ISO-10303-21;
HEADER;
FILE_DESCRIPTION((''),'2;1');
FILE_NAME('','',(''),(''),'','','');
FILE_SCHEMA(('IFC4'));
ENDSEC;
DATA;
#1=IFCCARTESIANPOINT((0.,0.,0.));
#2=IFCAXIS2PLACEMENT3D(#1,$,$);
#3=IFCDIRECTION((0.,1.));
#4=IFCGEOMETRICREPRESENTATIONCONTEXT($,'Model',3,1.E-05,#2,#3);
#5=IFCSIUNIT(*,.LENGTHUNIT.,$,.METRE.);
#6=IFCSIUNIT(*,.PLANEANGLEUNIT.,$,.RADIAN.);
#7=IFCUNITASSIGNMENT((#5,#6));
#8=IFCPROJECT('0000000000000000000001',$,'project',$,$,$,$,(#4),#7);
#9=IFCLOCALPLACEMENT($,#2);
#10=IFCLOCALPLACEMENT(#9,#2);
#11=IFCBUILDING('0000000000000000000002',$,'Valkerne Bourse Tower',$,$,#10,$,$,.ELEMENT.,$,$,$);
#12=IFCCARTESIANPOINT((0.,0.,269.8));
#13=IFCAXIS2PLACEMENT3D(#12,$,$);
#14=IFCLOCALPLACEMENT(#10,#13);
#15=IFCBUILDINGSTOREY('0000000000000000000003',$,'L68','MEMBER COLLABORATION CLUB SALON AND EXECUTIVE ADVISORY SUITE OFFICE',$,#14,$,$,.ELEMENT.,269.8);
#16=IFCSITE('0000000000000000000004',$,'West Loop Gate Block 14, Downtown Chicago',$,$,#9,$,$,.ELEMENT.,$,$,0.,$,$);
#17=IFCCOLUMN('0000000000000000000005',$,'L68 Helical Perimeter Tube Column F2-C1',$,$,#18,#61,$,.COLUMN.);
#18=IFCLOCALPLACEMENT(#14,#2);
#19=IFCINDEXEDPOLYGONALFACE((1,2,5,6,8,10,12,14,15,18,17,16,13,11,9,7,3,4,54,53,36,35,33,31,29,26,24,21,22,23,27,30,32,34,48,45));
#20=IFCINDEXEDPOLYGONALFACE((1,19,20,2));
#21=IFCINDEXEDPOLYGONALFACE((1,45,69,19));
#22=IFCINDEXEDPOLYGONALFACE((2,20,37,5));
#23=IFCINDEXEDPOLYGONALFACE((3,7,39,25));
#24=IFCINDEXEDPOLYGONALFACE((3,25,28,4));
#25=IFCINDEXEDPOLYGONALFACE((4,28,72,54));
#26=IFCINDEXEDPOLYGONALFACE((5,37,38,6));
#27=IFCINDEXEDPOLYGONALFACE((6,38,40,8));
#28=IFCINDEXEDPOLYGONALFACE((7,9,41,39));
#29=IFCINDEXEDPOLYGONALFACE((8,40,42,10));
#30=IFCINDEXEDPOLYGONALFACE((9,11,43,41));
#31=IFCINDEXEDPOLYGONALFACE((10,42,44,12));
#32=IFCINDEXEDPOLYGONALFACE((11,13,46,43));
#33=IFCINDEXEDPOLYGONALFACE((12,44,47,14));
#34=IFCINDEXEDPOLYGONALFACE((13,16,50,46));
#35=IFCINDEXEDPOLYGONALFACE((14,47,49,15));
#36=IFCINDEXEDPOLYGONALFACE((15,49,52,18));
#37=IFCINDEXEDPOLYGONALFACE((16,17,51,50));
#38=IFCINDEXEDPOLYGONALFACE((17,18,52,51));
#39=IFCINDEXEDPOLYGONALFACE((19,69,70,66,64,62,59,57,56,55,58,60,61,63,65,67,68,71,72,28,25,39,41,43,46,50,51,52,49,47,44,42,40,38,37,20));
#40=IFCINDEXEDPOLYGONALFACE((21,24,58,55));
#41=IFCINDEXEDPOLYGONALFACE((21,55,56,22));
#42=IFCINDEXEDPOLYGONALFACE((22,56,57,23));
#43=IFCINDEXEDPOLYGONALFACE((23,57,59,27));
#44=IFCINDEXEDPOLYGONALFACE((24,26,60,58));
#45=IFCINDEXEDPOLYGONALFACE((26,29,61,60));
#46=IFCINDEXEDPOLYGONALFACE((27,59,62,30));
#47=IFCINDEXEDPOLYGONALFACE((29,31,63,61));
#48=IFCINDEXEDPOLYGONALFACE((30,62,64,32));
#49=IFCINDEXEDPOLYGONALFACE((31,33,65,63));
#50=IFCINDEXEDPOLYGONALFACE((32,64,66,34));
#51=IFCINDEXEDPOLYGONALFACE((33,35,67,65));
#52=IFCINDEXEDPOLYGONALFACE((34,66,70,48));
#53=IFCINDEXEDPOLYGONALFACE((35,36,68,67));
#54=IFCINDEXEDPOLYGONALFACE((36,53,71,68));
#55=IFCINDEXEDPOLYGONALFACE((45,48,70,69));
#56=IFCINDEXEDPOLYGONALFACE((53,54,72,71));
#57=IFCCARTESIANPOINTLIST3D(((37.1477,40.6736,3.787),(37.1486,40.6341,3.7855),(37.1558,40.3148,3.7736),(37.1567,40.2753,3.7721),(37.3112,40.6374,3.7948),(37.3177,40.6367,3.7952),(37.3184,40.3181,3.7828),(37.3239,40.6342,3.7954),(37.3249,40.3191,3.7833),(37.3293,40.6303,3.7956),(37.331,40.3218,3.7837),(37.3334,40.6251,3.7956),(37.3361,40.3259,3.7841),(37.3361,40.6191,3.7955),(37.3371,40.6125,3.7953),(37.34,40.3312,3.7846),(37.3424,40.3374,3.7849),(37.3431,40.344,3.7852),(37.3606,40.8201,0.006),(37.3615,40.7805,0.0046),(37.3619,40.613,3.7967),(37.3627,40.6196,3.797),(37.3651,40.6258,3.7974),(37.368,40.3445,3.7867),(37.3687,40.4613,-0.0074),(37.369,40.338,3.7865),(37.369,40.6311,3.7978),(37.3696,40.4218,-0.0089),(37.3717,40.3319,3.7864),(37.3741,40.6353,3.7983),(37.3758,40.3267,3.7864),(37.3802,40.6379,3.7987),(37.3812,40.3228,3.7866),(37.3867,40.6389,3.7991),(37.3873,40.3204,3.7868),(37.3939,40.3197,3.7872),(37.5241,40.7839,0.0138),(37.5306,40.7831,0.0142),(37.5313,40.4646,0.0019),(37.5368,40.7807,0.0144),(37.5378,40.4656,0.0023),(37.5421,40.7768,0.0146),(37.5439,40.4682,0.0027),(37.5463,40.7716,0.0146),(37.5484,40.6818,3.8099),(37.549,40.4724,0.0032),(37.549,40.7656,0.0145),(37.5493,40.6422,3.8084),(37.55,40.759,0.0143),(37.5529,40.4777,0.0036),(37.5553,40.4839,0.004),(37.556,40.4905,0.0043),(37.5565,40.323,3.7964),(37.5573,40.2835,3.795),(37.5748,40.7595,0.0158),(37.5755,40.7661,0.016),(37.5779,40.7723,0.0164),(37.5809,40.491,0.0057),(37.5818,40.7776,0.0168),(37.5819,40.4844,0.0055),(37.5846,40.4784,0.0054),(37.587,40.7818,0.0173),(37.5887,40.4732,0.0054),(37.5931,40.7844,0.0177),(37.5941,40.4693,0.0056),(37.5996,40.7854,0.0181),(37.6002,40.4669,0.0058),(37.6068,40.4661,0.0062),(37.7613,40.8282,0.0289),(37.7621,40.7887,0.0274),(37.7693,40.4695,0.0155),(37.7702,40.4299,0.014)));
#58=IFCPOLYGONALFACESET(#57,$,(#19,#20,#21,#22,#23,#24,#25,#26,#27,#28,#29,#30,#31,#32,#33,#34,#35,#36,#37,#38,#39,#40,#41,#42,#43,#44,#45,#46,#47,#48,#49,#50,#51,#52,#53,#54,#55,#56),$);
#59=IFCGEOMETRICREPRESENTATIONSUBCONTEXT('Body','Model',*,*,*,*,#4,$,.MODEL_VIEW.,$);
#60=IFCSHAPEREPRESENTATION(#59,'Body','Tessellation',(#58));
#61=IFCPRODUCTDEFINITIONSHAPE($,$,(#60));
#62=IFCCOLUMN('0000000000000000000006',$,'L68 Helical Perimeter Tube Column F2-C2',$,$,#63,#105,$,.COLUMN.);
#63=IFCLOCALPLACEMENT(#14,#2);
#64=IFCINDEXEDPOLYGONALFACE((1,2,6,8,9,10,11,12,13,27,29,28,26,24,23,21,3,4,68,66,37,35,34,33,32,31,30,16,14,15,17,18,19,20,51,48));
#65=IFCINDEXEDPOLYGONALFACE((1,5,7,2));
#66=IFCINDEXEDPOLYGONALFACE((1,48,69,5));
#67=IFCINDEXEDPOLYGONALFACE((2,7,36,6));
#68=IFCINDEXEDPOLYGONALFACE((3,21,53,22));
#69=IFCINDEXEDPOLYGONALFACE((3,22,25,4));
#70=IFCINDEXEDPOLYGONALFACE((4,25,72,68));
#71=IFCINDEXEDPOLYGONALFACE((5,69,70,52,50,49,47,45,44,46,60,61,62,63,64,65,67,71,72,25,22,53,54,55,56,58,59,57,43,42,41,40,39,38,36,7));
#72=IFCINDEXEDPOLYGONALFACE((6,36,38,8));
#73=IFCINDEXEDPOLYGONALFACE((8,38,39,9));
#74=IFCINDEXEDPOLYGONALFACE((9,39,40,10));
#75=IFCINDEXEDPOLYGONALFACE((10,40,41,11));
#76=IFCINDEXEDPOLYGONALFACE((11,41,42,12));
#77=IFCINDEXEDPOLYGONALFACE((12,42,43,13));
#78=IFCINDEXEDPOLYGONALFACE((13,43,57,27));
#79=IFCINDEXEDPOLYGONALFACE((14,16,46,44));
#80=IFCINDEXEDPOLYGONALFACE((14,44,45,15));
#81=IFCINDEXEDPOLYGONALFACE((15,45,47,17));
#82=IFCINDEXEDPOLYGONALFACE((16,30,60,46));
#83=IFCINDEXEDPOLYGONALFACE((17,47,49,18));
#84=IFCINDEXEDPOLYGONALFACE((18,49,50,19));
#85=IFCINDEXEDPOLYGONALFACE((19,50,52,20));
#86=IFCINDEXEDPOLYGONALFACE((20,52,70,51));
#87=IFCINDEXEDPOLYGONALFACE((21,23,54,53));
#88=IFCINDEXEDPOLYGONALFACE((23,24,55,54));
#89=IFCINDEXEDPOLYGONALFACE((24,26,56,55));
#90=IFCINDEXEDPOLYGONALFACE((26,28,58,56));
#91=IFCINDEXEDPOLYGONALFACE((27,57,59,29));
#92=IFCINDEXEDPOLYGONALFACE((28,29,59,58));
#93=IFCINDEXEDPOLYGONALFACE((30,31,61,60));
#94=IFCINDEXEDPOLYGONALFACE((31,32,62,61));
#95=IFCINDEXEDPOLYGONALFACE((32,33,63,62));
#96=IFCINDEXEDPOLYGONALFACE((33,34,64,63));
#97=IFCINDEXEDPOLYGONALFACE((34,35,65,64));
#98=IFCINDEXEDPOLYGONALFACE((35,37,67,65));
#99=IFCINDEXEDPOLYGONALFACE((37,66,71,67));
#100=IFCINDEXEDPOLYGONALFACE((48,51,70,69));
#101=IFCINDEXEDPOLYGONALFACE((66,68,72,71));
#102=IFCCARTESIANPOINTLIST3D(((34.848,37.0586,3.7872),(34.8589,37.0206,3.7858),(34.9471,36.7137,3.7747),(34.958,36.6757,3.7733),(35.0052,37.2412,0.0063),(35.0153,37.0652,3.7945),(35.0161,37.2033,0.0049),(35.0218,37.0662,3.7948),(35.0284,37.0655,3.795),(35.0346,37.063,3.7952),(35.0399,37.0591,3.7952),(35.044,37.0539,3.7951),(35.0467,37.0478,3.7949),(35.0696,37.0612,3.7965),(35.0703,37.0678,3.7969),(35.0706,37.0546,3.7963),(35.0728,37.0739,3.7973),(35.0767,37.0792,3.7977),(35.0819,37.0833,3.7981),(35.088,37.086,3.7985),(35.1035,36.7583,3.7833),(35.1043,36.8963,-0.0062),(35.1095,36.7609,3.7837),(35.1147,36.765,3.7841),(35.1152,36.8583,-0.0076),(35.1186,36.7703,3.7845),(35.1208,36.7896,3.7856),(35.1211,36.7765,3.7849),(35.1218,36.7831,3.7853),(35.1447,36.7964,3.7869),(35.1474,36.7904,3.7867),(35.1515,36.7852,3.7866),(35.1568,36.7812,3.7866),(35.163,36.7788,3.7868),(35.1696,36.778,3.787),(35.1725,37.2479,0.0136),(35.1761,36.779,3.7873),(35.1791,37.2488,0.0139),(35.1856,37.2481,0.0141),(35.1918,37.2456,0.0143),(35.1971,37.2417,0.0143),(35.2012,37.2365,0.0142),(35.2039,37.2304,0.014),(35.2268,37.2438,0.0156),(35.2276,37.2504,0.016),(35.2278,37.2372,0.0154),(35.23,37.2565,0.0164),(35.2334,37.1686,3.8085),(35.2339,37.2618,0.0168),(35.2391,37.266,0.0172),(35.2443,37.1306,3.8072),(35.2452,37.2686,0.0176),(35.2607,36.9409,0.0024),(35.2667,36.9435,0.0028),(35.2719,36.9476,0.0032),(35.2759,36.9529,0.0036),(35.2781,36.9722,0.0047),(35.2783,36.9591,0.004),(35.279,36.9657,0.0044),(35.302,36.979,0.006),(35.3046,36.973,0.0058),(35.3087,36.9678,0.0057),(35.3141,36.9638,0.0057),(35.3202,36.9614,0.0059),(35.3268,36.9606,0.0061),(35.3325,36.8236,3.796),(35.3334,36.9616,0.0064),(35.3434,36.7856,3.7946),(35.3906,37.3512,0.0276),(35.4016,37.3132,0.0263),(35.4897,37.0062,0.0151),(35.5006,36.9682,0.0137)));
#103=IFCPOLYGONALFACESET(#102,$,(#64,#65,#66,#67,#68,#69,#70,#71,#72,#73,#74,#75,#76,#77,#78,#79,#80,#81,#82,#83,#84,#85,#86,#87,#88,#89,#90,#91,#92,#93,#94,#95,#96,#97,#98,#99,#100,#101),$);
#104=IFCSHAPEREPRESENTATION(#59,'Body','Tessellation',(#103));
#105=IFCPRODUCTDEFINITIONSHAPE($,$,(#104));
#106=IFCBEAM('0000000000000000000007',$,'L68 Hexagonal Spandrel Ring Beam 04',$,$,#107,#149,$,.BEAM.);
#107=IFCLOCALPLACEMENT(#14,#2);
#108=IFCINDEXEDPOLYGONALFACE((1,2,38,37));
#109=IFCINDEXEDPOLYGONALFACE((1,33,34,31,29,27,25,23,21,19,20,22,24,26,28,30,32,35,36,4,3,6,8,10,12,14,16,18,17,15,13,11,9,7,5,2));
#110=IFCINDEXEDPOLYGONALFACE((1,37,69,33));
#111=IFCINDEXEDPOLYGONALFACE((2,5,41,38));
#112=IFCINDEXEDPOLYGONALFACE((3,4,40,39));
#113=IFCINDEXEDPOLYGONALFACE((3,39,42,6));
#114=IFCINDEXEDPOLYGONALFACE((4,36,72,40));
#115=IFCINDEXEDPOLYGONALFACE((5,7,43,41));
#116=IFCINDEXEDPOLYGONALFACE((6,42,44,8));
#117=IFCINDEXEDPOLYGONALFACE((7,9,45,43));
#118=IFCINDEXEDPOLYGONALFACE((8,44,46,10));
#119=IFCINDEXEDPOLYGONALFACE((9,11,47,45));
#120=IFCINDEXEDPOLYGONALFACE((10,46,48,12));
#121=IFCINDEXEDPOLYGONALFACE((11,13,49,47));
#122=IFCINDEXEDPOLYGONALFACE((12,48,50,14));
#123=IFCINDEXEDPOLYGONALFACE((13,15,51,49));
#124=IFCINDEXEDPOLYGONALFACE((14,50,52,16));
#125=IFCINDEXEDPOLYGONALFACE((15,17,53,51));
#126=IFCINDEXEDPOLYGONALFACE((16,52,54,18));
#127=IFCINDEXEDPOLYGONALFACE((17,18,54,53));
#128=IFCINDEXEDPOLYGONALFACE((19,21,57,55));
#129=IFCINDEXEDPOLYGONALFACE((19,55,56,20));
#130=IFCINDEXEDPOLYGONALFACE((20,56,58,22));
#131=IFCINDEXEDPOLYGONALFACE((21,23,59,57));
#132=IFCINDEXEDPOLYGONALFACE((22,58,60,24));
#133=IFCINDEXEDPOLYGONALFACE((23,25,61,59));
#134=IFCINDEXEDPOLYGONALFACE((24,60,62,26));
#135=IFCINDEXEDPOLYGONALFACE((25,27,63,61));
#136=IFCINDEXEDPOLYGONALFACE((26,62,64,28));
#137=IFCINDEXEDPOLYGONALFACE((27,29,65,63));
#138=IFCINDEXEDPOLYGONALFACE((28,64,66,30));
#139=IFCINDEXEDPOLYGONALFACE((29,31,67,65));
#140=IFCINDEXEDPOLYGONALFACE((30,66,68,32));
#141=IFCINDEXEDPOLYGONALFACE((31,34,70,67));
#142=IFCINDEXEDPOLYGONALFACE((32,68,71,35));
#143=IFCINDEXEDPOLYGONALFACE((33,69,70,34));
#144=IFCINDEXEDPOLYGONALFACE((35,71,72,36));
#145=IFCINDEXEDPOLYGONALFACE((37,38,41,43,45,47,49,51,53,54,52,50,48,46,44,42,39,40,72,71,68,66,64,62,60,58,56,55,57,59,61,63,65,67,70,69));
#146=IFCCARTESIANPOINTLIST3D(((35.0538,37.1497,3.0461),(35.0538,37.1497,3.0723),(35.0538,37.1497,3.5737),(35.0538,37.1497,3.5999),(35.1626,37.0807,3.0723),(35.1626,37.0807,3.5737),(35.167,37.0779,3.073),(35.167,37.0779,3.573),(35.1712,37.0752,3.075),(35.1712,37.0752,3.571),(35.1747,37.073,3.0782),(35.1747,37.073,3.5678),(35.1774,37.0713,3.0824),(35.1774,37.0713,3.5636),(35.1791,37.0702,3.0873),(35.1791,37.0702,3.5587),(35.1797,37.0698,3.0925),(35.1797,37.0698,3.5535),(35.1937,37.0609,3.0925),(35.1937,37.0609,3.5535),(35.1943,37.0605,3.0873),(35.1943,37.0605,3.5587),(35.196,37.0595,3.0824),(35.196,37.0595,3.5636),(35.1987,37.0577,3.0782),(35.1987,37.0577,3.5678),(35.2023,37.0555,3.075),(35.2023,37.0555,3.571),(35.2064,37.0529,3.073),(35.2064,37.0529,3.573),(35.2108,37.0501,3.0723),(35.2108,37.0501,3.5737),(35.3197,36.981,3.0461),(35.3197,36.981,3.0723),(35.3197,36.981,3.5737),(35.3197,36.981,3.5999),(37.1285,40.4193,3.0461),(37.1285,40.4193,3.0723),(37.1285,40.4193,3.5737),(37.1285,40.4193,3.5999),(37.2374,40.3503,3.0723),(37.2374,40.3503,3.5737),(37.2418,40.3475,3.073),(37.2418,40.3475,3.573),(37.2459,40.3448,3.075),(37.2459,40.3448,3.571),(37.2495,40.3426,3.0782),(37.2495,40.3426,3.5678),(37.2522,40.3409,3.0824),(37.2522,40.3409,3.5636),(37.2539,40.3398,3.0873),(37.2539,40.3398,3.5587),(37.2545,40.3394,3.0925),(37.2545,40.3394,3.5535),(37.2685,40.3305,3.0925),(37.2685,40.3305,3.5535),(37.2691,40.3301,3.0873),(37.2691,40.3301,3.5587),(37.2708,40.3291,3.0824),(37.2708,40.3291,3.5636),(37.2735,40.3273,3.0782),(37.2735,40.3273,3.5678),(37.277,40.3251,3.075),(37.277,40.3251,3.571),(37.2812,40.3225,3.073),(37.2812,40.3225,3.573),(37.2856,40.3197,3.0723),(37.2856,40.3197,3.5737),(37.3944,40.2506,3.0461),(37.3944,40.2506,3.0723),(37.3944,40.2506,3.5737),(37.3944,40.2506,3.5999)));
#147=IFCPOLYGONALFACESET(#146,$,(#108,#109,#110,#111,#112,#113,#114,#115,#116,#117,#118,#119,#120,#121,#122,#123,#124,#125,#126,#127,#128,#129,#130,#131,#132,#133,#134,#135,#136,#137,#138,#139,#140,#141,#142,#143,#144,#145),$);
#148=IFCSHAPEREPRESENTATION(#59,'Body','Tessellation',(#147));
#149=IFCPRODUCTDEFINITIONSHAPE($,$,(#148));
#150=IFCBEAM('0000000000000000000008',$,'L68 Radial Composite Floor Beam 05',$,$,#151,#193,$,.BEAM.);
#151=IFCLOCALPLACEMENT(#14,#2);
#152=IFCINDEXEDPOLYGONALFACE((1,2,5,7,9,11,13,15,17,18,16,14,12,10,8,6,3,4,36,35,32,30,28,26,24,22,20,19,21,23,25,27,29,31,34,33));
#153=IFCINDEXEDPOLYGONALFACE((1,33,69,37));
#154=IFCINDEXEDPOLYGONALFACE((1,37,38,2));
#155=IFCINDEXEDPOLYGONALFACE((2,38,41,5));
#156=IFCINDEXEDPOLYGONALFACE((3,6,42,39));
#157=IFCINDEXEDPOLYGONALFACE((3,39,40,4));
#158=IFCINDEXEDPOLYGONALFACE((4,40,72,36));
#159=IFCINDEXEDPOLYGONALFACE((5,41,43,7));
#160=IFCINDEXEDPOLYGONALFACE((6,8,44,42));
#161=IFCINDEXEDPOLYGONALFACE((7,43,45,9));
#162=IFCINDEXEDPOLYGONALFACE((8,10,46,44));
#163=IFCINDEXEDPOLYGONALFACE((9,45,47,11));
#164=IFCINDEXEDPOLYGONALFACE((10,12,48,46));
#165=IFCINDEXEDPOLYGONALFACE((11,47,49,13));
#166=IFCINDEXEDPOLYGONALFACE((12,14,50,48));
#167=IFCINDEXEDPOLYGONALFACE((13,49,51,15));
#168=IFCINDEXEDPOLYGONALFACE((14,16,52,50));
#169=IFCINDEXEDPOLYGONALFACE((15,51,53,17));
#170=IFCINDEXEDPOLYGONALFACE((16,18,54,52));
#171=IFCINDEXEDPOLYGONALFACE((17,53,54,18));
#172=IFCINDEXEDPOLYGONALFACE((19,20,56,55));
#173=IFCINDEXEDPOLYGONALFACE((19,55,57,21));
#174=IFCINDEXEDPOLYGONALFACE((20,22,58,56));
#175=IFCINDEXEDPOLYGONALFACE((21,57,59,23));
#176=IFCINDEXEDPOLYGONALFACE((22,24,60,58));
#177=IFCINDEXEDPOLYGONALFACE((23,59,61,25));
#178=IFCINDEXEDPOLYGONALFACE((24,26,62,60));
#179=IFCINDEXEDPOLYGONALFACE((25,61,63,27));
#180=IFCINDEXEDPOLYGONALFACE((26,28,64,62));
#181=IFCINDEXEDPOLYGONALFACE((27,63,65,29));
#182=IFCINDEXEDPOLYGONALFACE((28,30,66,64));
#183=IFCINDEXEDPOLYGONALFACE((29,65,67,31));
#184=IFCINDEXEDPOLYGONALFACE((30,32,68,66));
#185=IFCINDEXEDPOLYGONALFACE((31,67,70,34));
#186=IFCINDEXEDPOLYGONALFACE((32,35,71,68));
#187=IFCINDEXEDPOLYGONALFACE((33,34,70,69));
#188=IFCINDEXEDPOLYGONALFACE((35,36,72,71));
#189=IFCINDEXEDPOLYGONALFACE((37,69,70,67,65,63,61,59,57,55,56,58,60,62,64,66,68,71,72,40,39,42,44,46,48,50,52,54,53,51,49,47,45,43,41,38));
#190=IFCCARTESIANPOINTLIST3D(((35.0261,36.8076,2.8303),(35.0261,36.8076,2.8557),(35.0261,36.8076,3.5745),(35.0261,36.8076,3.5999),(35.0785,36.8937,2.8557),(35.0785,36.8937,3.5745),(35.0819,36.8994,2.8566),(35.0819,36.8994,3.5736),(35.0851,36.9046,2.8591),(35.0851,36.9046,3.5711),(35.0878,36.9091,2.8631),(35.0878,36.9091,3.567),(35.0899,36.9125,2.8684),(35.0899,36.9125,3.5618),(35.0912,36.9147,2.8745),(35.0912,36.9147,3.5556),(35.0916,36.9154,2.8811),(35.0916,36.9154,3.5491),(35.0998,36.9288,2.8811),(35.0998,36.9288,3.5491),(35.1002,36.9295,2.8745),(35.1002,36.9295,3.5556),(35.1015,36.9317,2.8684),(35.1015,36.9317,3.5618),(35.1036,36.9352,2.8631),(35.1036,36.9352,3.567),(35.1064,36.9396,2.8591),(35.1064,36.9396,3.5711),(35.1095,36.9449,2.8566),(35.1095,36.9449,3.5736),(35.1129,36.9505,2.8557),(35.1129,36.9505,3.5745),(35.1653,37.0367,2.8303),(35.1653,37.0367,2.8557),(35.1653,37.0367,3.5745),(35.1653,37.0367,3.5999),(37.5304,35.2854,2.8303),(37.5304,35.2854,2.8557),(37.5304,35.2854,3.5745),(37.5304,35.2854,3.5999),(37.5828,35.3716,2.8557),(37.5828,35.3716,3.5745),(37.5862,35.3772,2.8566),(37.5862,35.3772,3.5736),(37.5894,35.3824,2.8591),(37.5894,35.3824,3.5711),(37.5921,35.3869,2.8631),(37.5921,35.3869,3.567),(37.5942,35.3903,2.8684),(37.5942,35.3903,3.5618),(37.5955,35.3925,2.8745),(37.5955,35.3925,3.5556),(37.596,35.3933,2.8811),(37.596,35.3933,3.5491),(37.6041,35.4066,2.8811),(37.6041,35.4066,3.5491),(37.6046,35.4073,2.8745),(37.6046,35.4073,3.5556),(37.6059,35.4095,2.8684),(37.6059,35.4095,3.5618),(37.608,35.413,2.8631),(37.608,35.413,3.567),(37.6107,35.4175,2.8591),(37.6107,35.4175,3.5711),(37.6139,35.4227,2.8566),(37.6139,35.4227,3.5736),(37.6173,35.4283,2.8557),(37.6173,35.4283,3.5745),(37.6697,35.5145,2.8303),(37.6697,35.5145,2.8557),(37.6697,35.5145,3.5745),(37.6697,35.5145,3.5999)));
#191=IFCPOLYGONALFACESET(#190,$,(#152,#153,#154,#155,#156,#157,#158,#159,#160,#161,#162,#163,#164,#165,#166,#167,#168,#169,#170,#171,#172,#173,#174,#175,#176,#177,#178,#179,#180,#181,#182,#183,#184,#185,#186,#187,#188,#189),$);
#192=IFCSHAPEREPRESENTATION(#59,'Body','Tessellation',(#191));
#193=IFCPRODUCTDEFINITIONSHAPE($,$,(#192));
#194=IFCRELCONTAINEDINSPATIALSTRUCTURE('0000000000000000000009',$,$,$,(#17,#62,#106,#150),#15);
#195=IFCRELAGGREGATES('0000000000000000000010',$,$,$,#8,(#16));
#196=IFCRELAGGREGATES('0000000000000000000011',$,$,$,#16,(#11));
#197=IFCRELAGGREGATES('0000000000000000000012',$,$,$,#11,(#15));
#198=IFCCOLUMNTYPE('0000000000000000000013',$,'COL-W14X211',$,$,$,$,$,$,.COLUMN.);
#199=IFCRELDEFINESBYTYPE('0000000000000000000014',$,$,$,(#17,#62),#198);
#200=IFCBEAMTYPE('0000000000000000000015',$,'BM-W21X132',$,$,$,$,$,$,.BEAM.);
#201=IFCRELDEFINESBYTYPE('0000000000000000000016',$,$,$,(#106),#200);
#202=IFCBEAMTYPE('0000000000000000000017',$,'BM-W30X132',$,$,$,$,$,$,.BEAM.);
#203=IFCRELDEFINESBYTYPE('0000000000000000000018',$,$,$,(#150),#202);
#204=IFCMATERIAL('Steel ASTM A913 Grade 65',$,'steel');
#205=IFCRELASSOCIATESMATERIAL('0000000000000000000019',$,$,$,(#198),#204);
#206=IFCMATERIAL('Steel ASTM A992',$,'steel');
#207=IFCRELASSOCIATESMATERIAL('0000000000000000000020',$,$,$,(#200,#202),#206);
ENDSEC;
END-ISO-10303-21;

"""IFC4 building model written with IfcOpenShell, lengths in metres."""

from ifc_helpers import new_model, si_unit, direction, frame, origin, origin_2d, place, context, subcontext, project, spatial, i_section, extrude, material, material_profile, profile_set, type_object, element, save


model = new_model("IFC4")

# Units and contexts
model_context = context("Model", 3, precision=1e-05, world=origin(), true_north=direction((0.0, 1.0)))
body_context = subcontext(model_context, "Body", "Model", "MODEL_VIEW")
ifc_project = project(units=[si_unit("LENGTHUNIT", "METRE"), si_unit("PLANEANGLEUNIT", "RADIAN")], contexts=[model_context])

# Site, building, storey
site_placement = place(None, origin())
site = spatial("IfcSite", under=ifc_project, at=site_placement, Name="West Loop Gate Block 14, Downtown Chicago", CompositionType="ELEMENT", RefElevation=0.0)
building_placement = place(site_placement, origin())
building = spatial("IfcBuilding", under=site, at=building_placement, Name="Valkerne Bourse Tower", CompositionType="ELEMENT")
storey_placement = place(building_placement, frame((0.0, 0.0, 269.8)))
storey = spatial("IfcBuildingStorey", under=building, at=storey_placement, Name="L68", Description="MEMBER COLLABORATION CLUB SALON AND EXECUTIVE ADVISORY SUITE OFFICE", CompositionType="ELEMENT", Elevation=269.8)

# Columns
ifc_material_1 = material(Name="Steel ASTM A913 Grade 65", Category="steel")
ifc_material_profile_1 = material_profile(ifc_material_1, i_section(OverallWidth=0.4014, OverallDepth=0.3987, WebThickness=0.0249, FlangeThickness=0.0396, FilletRadius=0.0254, at=origin_2d()), Name="W14X211")
ifc_profile_set_1 = profile_set([ifc_material_profile_1], Name="Steel ASTM A913 Grade 65")
column_type = type_object("IfcColumnType", Name="COL-W14X211", PredefinedType="COLUMN", material=ifc_profile_set_1)
column_1_placement = place(storey_placement, frame((37.5654, 40.625, 0.01), z_axis=(-0.056174, -0.038652, 0.997673), x_axis=(-0.998167, -0.020378, -0.056992)))
element("IfcColumn", 1, at=column_1_placement, inside=storey, type_object=column_type, Name="L68 Helical Perimeter Tube Column F2-C1", PredefinedType="COLUMN", context=body_context, shape_type="SweptSolid", body=[
    extrude(i_section(OverallWidth=0.4014, OverallDepth=0.3987, WebThickness=0.0249, FlangeThickness=0.0396, FilletRadius=0.0254, at=origin_2d()), origin(), (0.0, 0.0, 1.0), 3.7898),
])
column_2_placement = place(storey_placement, frame((35.2529, 37.1047, 0.01), z_axis=(-0.041499, -0.048201, 0.997975), x_axis=(-0.960288, -0.273898, -0.053161)))
element("IfcColumn", 2, at=column_2_placement, inside=storey, type_object=column_type, Name="L68 Helical Perimeter Tube Column F2-C2", PredefinedType="COLUMN", context=body_context, shape_type="SweptSolid", body=[
    extrude(i_section(OverallWidth=0.4014, OverallDepth=0.3987, WebThickness=0.0249, FlangeThickness=0.0396, FilletRadius=0.0254, at=origin_2d()), origin(), (0.0, 0.0, 1.0), 3.7886),
])

# Beams
ifc_material_2 = material(Name="Steel ASTM A992", Category="steel")
ifc_material_profile_2 = material_profile(ifc_material_2, i_section(OverallWidth=0.3149, OverallDepth=0.5537, WebThickness=0.0166, FlangeThickness=0.0261, FilletRadius=0.0203, at=origin_2d()), Name="W21X132")
ifc_profile_set_2 = profile_set([ifc_material_profile_2], Name="Steel ASTM A992")
beam_type_1 = type_object("IfcBeamType", Name="BM-W21X132", PredefinedType="BEAM", material=ifc_profile_set_2)
beam_1_placement = place(storey_placement, frame((37.2615, 40.335, 3.323), z_axis=(-0.53579, -0.844351, 0.0), x_axis=(0.844351, -0.53579, 0.0)))
element("IfcBeam", 3, at=beam_1_placement, inside=storey, type_object=beam_type_1, Name="L68 Hexagonal Spandrel Ring Beam 04", PredefinedType="BEAM", context=body_context, shape_type="SweptSolid", body=[
    extrude(i_section(OverallWidth=0.3149, OverallDepth=0.5537, WebThickness=0.0166, FlangeThickness=0.0261, FilletRadius=0.0203, at=origin_2d()), origin(), (0.0, 0.0, 1.0), 3.8723),
])
ifc_material_profile_3 = material_profile(ifc_material_2, i_section(OverallWidth=0.2681, OverallDepth=0.7695, WebThickness=0.0156, FlangeThickness=0.0254, FilletRadius=0.0254, at=origin_2d()), Name="W30X132")
ifc_profile_set_3 = profile_set([ifc_material_profile_3], Name="Steel ASTM A992")
beam_type_2 = type_object("IfcBeamType", Name="BM-W30X132", PredefinedType="BEAM", material=ifc_profile_set_3)
beam_2_placement = place(storey_placement, frame((35.0957, 36.9221, 3.2151), z_axis=(0.854531, -0.5194, 0.0), x_axis=(0.5194, 0.854531, 0.0)))
element("IfcBeam", 4, at=beam_2_placement, inside=storey, type_object=beam_type_2, Name="L68 Radial Composite Floor Beam 05", PredefinedType="BEAM", context=body_context, shape_type="SweptSolid", body=[
    extrude(i_section(OverallWidth=0.2681, OverallDepth=0.7695, WebThickness=0.0156, FlangeThickness=0.0254, FilletRadius=0.0254, at=origin_2d()), origin(), (0.0, 0.0, 1.0), 2.9307),
])

save(model, "model.ifc")
